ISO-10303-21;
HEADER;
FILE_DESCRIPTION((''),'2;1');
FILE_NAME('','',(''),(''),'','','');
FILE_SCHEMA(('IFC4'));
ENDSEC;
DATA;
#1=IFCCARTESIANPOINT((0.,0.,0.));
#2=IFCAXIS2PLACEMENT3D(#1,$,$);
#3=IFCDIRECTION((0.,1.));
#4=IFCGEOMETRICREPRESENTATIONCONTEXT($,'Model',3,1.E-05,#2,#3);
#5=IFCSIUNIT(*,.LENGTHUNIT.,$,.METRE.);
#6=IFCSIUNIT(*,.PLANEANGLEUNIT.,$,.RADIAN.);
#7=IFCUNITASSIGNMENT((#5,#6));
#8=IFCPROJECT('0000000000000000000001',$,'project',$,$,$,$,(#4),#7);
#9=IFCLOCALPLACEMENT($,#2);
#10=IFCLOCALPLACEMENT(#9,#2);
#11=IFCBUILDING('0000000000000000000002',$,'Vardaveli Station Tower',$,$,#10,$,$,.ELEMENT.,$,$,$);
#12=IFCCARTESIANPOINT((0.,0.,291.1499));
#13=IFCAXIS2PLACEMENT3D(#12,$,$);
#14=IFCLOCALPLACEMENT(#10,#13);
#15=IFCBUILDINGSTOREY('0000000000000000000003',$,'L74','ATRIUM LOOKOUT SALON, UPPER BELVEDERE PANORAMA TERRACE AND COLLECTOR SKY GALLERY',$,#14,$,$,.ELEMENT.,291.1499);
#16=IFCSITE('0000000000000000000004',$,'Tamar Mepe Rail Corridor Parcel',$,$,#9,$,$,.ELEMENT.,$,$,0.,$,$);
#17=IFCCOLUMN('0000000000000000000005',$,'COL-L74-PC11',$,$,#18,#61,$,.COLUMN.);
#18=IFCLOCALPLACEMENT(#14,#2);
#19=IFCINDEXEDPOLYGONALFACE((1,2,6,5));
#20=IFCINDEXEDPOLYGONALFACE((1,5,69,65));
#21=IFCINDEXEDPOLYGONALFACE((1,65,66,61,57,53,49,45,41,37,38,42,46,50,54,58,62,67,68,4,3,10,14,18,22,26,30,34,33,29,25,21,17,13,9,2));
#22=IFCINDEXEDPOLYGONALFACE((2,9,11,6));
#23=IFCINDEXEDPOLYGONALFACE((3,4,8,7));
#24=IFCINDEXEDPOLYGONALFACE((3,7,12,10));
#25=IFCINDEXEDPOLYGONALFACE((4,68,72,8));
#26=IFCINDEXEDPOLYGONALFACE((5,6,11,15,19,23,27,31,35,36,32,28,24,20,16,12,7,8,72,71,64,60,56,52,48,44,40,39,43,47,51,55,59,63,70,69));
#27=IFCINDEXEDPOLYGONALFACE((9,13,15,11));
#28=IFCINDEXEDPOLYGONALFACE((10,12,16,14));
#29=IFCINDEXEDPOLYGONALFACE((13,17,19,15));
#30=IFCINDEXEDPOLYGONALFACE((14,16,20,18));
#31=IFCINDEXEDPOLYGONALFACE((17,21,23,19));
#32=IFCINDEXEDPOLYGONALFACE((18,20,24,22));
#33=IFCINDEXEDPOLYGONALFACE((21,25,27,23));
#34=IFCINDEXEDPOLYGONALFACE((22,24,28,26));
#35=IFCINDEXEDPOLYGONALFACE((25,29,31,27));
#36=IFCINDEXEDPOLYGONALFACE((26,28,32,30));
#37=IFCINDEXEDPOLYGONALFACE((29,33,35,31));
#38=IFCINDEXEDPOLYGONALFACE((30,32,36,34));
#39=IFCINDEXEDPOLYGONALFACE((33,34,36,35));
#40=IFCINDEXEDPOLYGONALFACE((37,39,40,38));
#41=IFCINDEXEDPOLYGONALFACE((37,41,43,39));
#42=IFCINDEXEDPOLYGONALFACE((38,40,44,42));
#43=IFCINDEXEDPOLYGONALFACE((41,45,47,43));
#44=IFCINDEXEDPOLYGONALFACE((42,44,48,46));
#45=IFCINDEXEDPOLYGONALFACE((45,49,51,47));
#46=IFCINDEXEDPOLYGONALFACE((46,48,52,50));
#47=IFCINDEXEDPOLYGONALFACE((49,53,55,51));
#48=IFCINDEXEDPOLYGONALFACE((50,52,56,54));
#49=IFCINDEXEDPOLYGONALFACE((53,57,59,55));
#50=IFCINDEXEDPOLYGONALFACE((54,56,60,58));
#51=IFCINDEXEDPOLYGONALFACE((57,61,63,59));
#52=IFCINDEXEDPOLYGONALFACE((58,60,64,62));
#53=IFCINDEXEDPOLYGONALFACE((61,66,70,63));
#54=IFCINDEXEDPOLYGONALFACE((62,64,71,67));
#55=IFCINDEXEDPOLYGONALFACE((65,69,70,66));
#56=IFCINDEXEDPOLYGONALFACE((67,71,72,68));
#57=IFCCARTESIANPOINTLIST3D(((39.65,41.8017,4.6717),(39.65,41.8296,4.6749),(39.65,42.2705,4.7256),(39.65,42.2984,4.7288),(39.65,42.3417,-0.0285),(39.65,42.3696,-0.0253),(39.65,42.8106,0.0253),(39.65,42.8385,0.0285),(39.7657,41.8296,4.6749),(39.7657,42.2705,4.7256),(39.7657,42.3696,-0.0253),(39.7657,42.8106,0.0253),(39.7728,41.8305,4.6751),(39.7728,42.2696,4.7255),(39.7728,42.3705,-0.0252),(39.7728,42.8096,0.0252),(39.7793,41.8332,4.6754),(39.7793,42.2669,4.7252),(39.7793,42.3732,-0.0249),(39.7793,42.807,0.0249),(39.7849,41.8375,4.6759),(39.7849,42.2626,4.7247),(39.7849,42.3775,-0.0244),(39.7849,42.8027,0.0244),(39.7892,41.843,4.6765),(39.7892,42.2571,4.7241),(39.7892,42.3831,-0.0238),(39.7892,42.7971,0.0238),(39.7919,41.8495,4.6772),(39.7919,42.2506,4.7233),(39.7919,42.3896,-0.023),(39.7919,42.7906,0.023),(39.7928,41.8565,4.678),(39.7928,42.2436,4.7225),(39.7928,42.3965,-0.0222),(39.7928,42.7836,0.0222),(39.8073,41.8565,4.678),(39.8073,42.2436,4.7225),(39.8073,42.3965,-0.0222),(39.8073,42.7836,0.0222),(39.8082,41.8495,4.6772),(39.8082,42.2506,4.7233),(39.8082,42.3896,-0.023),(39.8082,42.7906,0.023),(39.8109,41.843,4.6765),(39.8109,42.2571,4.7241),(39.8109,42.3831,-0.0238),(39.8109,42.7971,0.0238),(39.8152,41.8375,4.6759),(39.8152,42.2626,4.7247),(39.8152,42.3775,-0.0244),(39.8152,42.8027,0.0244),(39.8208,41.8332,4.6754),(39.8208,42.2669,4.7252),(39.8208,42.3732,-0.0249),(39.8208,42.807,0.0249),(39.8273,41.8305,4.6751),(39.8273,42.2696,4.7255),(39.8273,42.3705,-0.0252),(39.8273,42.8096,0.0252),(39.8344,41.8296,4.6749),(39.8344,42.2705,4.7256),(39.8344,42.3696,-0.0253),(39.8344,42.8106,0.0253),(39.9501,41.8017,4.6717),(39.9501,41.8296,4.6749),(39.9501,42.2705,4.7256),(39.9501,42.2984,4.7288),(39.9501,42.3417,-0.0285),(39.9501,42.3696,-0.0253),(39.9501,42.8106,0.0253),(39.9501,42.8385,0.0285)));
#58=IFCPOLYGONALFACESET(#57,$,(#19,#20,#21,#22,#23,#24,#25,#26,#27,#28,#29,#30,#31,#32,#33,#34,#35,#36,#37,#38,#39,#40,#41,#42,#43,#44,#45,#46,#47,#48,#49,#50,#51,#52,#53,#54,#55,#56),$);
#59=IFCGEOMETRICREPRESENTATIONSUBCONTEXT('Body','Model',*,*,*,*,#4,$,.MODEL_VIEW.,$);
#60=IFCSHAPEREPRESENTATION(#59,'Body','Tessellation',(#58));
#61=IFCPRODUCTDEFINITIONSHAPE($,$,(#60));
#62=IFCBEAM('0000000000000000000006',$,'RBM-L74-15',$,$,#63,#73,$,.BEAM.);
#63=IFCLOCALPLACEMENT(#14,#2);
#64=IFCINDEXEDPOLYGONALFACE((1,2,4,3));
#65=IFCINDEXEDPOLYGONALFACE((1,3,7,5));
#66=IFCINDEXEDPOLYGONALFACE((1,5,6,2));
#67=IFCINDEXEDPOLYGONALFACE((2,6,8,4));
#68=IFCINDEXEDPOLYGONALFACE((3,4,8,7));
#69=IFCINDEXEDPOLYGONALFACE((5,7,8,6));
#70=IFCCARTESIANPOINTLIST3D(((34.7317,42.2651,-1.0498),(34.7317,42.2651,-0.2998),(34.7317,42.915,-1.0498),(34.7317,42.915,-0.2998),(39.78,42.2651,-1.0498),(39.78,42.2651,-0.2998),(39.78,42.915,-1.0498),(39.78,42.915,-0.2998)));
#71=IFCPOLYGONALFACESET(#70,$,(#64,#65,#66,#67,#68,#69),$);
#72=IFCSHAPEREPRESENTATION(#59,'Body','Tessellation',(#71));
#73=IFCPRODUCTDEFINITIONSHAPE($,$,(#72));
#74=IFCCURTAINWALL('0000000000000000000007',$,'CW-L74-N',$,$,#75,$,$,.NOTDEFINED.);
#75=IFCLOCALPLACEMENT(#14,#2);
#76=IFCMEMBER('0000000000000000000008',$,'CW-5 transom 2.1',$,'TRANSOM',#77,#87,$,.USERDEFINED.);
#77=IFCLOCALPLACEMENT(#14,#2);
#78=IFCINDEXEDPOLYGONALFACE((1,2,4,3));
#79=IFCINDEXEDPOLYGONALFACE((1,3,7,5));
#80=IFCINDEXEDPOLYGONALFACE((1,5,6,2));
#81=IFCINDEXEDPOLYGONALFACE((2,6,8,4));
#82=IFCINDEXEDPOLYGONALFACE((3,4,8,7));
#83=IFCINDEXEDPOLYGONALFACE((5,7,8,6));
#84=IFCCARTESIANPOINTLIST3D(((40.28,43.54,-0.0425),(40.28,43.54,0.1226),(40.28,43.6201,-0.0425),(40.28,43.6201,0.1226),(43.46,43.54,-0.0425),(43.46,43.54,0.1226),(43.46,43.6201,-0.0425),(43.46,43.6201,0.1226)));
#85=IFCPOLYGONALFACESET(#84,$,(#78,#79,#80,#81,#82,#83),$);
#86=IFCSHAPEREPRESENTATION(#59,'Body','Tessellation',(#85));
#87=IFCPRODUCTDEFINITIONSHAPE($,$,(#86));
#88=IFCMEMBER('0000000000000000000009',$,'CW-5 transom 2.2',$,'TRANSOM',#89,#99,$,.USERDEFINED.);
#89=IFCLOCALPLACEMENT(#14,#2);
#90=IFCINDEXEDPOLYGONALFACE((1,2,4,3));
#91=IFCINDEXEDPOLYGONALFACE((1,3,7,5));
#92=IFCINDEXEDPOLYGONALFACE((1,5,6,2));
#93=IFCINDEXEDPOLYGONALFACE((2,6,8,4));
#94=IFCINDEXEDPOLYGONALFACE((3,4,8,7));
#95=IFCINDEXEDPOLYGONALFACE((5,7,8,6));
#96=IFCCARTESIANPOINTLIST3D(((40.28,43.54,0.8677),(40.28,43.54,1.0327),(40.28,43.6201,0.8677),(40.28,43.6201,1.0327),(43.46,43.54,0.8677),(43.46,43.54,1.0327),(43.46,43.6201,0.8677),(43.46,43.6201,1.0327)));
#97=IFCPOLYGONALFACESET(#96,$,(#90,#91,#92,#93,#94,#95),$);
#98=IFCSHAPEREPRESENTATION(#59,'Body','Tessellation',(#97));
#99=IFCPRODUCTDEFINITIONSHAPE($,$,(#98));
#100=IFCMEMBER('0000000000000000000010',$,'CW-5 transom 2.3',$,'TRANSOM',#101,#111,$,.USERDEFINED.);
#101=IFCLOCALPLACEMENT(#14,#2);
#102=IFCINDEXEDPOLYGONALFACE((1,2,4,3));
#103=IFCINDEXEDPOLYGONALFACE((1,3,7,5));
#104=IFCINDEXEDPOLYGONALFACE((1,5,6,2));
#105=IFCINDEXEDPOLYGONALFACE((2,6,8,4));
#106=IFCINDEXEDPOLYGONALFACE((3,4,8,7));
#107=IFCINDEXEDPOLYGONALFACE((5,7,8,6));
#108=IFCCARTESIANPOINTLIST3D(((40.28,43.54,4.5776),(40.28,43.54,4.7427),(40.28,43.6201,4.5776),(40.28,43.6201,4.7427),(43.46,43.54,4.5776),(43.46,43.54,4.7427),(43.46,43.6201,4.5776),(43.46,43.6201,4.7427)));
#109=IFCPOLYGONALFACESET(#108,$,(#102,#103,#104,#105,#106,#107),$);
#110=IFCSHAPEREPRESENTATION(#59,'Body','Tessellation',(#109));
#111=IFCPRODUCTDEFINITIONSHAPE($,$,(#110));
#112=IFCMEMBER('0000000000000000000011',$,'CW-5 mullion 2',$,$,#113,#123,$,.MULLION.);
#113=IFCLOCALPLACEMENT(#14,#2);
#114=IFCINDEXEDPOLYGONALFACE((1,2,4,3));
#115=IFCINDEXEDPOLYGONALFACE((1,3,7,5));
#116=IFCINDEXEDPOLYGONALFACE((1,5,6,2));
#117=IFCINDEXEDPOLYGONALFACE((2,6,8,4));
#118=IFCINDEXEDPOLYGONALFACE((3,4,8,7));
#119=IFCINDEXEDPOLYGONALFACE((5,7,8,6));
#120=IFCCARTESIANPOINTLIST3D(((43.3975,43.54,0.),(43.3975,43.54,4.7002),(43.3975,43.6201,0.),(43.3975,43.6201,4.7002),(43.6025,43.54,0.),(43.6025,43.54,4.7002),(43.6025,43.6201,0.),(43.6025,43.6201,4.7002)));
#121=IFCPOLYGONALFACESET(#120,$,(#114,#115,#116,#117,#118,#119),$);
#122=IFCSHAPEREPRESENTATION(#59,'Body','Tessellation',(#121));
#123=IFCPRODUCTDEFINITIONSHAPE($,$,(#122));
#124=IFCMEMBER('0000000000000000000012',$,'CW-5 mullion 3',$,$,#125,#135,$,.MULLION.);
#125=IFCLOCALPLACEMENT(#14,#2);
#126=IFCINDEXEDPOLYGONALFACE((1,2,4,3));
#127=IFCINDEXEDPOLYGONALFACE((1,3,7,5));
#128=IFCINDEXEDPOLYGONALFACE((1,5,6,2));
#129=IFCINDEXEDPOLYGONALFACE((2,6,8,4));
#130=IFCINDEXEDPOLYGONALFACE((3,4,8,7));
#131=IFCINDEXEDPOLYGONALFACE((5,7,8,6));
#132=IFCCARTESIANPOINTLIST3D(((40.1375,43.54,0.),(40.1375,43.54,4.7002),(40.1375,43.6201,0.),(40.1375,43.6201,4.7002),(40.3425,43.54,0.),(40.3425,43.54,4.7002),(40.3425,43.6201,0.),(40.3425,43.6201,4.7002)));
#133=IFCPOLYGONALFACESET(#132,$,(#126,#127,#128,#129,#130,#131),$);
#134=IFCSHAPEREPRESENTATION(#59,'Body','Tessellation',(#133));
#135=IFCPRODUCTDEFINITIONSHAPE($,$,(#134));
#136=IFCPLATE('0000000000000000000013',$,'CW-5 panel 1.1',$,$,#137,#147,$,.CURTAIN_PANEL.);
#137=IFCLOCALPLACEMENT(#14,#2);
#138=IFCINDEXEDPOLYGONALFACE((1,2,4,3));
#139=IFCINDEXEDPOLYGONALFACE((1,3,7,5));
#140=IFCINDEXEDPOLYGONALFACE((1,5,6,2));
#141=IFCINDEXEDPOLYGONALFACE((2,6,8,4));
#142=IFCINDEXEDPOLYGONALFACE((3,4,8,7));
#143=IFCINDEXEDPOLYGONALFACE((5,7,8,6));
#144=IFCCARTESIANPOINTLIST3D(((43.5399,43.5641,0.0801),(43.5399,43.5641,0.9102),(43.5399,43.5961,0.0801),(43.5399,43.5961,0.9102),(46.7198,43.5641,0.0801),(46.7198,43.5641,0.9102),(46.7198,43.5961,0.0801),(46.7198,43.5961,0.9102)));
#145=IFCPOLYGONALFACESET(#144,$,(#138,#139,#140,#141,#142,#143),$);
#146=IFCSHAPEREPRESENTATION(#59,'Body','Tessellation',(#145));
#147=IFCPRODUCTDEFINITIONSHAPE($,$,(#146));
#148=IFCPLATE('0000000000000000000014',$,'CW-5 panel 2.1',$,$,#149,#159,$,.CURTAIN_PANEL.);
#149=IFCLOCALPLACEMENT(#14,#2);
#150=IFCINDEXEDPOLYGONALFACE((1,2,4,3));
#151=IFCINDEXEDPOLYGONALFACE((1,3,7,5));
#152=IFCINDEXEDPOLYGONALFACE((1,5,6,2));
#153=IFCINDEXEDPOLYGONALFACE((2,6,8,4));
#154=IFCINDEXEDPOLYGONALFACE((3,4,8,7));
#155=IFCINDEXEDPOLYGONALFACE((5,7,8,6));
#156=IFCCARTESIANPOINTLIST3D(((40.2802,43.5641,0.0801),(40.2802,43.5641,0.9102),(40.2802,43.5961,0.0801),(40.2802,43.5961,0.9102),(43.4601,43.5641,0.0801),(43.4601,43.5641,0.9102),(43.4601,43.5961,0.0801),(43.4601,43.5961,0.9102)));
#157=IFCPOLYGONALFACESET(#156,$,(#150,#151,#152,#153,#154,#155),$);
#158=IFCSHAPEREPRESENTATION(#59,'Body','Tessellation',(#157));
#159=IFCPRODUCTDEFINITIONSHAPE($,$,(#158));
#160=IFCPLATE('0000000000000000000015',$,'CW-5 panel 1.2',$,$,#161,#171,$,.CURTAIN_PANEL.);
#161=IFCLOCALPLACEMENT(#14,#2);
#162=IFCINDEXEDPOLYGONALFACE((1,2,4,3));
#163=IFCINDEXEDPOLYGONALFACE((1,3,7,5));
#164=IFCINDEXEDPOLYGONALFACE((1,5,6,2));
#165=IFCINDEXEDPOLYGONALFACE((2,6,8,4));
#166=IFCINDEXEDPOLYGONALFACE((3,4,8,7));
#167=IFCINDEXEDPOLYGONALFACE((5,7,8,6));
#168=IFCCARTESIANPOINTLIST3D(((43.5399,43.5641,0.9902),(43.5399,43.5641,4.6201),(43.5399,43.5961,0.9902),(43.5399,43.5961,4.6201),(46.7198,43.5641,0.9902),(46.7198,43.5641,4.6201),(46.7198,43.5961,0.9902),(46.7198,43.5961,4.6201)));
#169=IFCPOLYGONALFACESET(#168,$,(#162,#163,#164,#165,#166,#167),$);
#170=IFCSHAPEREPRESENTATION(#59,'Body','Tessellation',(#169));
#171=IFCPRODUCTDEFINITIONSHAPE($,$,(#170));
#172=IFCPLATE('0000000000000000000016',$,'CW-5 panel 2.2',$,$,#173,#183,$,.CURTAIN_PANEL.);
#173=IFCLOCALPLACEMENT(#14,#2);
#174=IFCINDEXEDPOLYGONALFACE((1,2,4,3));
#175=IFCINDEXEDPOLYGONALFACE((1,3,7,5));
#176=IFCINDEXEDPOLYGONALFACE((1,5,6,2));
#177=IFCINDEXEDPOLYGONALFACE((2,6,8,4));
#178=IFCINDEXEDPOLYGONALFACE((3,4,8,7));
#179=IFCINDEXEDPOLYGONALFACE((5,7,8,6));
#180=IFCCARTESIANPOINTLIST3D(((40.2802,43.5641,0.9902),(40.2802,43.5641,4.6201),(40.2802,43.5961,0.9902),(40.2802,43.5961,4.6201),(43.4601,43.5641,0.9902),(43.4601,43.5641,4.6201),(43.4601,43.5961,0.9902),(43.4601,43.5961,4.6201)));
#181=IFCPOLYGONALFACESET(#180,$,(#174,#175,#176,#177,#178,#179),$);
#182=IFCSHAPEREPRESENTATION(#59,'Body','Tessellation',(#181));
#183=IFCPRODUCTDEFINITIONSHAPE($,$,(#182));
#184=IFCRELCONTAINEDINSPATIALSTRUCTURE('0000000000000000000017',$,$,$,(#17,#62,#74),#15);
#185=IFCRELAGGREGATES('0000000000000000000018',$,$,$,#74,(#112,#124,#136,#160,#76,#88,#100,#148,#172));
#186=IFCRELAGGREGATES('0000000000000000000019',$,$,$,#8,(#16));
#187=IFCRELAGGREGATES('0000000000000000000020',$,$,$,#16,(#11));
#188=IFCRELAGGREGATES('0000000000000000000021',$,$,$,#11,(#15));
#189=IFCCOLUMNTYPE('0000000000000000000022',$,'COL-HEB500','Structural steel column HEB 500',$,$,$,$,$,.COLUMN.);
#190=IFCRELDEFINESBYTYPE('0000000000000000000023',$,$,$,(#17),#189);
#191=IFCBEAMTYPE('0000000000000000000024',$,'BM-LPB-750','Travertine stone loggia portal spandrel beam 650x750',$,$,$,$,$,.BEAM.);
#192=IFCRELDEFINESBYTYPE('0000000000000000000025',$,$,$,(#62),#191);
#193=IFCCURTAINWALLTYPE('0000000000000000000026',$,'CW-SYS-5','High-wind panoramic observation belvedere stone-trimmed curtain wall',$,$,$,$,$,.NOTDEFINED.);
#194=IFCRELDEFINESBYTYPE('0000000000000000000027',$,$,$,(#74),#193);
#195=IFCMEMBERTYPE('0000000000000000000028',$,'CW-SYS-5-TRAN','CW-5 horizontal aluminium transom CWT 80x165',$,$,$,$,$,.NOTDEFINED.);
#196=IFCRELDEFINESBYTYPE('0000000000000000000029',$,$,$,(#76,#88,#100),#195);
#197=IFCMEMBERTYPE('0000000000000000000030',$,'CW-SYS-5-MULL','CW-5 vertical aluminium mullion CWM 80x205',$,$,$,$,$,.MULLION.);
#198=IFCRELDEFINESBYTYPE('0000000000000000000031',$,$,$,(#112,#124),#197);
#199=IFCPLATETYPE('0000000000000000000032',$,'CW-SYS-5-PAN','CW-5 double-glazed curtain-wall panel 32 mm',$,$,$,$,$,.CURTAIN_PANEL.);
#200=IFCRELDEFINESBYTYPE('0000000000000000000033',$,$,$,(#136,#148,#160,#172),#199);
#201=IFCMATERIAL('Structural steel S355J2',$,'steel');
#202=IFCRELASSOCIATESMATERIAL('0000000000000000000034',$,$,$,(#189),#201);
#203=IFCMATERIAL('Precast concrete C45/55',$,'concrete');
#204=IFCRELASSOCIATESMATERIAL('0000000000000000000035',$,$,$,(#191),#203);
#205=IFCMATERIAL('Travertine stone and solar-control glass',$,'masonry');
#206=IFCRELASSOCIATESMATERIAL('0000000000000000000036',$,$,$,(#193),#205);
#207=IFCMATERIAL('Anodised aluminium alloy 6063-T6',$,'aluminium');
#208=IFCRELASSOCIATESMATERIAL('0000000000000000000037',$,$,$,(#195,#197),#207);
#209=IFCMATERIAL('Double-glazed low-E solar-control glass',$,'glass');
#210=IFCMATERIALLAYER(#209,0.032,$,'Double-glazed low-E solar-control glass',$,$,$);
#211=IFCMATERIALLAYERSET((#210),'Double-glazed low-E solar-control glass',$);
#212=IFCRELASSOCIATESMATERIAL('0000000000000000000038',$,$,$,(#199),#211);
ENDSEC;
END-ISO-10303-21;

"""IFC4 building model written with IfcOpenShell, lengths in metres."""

from ifc_helpers import new_model, si_unit, direction, frame, origin, origin_2d, place, context, subcontext, project, spatial, rectangle, i_section, extrude, source, transform, mapped, material, layer, layer_set, material_profile, profile_set, type_object, element, aggregate, save


model = new_model("IFC4")

# Units and contexts
model_context = context("Model", 3, precision=1e-05, world=origin(), true_north=direction((0.0, 1.0)))
body_context = subcontext(model_context, "Body", "Model", "MODEL_VIEW")
ifc_project = project(units=[si_unit("LENGTHUNIT", "METRE"), si_unit("PLANEANGLEUNIT", "RADIAN")], contexts=[model_context])

# Site, building, storey
site_placement = place(None, origin())
site = spatial("IfcSite", under=ifc_project, at=site_placement, Name="Tamar Mepe Rail Corridor Parcel", CompositionType="ELEMENT", RefElevation=0.0)
building_placement = place(site_placement, origin())
building = spatial("IfcBuilding", under=site, at=building_placement, Name="Vardaveli Station Tower", CompositionType="ELEMENT")
storey_placement = place(building_placement, frame((0.0, 0.0, 291.1499)))
storey = spatial("IfcBuildingStorey", under=building, at=storey_placement, Name="L74", Description="ATRIUM LOOKOUT SALON, UPPER BELVEDERE PANORAMA TERRACE AND COLLECTOR SKY GALLERY", CompositionType="ELEMENT", Elevation=291.1499)

# Column
ifc_material_1 = material(Name="Structural steel S355J2", Category="steel")
ifc_material_profile_1 = material_profile(ifc_material_1, i_section(OverallWidth=0.3, OverallDepth=0.5, WebThickness=0.0144, FlangeThickness=0.0281, FilletRadius=0.0271, at=origin_2d()), Name="HEB 500")
ifc_profile_set_1 = profile_set([ifc_material_profile_1], Name="Structural steel S355J2")
column_type = type_object("IfcColumnType", Name="COL-HEB500", Description="Structural steel column HEB 500", PredefinedType="COLUMN", material=ifc_profile_set_1)
shared_shape_1 = source(origin(), body_context, "Body", "SweptSolid", [
    extrude(i_section(OverallWidth=0.3, OverallDepth=0.5, WebThickness=0.0144, FlangeThickness=0.0281, FilletRadius=0.0271, at=origin_2d()), origin(), (0.0, 0.0, 1.0), 4.7312),
])
column_placement = place(storey_placement, frame((39.8, 42.5901, 0.0), z_axis=(0.0, -0.114146, 0.993464), x_axis=(1.0, 0.0, 0.0)))
element("IfcColumn", 1, at=column_placement, inside=storey, type_object=column_type, Name="COL-L74-PC11", PredefinedType="COLUMN", context=body_context, shape_type="MappedRepresentation", body=[
    mapped(shared_shape_1, transform((0.0, 0.0, 0.0), scale=1.0)),
])

# Beam
ifc_material_2 = material(Name="Precast concrete C45/55", Category="concrete")
ifc_material_profile_2 = material_profile(ifc_material_2, rectangle(XDim=0.6499, YDim=0.75, at=origin_2d()), Name="LPB 650x750")
ifc_profile_set_2 = profile_set([ifc_material_profile_2], Name="Precast concrete C45/55")
beam_type = type_object("IfcBeamType", Name="BM-LPB-750", Description="Travertine stone loggia portal spandrel beam 650x750", PredefinedType="BEAM", material=ifc_profile_set_2)
shared_shape_2 = source(origin(), body_context, "Body", "SweptSolid", [
    extrude(rectangle(XDim=0.6499, YDim=0.75, at=origin_2d()), origin(), (0.0, 0.0, 1.0), 5.0483),
])
beam_placement = place(storey_placement, frame((39.78, 42.5901, -0.6748), z_axis=(-1.0, 0.0, 0.0), x_axis=(0.0, -1.0, 0.0)))
element("IfcBeam", 2, at=beam_placement, inside=storey, type_object=beam_type, Name="RBM-L74-15", PredefinedType="BEAM", context=body_context, shape_type="MappedRepresentation", body=[
    mapped(shared_shape_2, transform((0.0, 0.0, 0.0), scale=1.0)),
])

# Curtain wall, members, plates
ifc_material_3 = material(Name="Travertine stone and solar-control glass", Category="masonry")
curtain_wall_type = type_object("IfcCurtainWallType", Name="CW-SYS-5", Description="High-wind panoramic observation belvedere stone-trimmed curtain wall", PredefinedType="NOTDEFINED", material=ifc_material_3)
curtain_wall_placement = place(storey_placement, origin())
curtain_wall = element("IfcCurtainWall", 3, at=curtain_wall_placement, inside=storey, type_object=curtain_wall_type, Name="CW-L74-N", PredefinedType="NOTDEFINED")
ifc_material_4 = material(Name="Anodised aluminium alloy 6063-T6", Category="aluminium")
ifc_material_profile_3 = material_profile(ifc_material_4, rectangle(XDim=0.0801, YDim=0.165, at=origin_2d()), Name="CWT 80x165")
ifc_profile_set_3 = profile_set([ifc_material_profile_3], Name="Anodised aluminium alloy 6063-T6")
member_type_1 = type_object("IfcMemberType", Name="CW-SYS-5-TRAN", Description="CW-5 horizontal aluminium transom CWT 80x165", PredefinedType="NOTDEFINED", material=ifc_profile_set_3)
shared_shape_3 = source(origin(), body_context, "Body", "SweptSolid", [
    extrude(rectangle(XDim=0.0801, YDim=0.165, at=origin_2d()), origin(), (0.0, 0.0, 1.0), 3.1799),
])
member_1_placement = place(storey_placement, frame((43.46, 43.5801, 0.04), z_axis=(-1.0, 0.0, 0.0), x_axis=(0.0, -1.0, 0.0)))
member_1 = element("IfcMember", 4, at=member_1_placement, type_object=member_type_1, Name="CW-5 transom 2.1", ObjectType="TRANSOM", PredefinedType="USERDEFINED", context=body_context, shape_type="MappedRepresentation", body=[
    mapped(shared_shape_3, transform((0.0, 0.0, 0.0), scale=1.0)),
])
member_2_placement = place(storey_placement, frame((43.46, 43.5801, 0.9502), z_axis=(-1.0, 0.0, 0.0), x_axis=(0.0, -1.0, 0.0)))
member_2 = element("IfcMember", 5, at=member_2_placement, type_object=member_type_1, Name="CW-5 transom 2.2", ObjectType="TRANSOM", PredefinedType="USERDEFINED", context=body_context, shape_type="MappedRepresentation", body=[
    mapped(shared_shape_3, transform((0.0, 0.0, 0.0), scale=1.0)),
])
member_3_placement = place(storey_placement, frame((43.46, 43.5801, 4.6602), z_axis=(-1.0, 0.0, 0.0), x_axis=(0.0, -1.0, 0.0)))
member_3 = element("IfcMember", 6, at=member_3_placement, type_object=member_type_1, Name="CW-5 transom 2.3", ObjectType="TRANSOM", PredefinedType="USERDEFINED", context=body_context, shape_type="MappedRepresentation", body=[
    mapped(shared_shape_3, transform((0.0, 0.0, 0.0), scale=1.0)),
])
ifc_material_profile_4 = material_profile(ifc_material_4, rectangle(XDim=0.0801, YDim=0.2051, at=origin_2d()), Name="CWM 80x205")
ifc_profile_set_4 = profile_set([ifc_material_profile_4], Name="Anodised aluminium alloy 6063-T6")
member_type_2 = type_object("IfcMemberType", Name="CW-SYS-5-MULL", Description="CW-5 vertical aluminium mullion CWM 80x205", PredefinedType="MULLION", material=ifc_profile_set_4)
shared_shape_4 = source(origin(), body_context, "Body", "SweptSolid", [
    extrude(rectangle(XDim=0.0801, YDim=0.2051, at=origin_2d()), origin(), (0.0, 0.0, 1.0), 4.7002),
])
member_4_placement = place(storey_placement, frame((43.5, 43.5801, 0.0), z_axis=(0.0, 0.0, 1.0), x_axis=(0.0, -1.0, 0.0)))
member_4 = element("IfcMember", 7, at=member_4_placement, type_object=member_type_2, Name="CW-5 mullion 2", PredefinedType="MULLION", context=body_context, shape_type="MappedRepresentation", body=[
    mapped(shared_shape_4, transform((0.0, 0.0, 0.0), scale=1.0)),
])
member_5_placement = place(storey_placement, frame((40.24, 43.5801, 0.0), z_axis=(0.0, 0.0, 1.0), x_axis=(0.0, -1.0, 0.0)))
member_5 = element("IfcMember", 8, at=member_5_placement, type_object=member_type_2, Name="CW-5 mullion 3", PredefinedType="MULLION", context=body_context, shape_type="MappedRepresentation", body=[
    mapped(shared_shape_4, transform((0.0, 0.0, 0.0), scale=1.0)),
])
ifc_material_5 = material(Name="Double-glazed low-E solar-control glass", Category="glass")
ifc_layer_1 = layer(ifc_material_5, 0.032, Name="Double-glazed low-E solar-control glass")
ifc_layer_set_1 = layer_set([ifc_layer_1], Name="Double-glazed low-E solar-control glass")
plate_type = type_object("IfcPlateType", Name="CW-SYS-5-PAN", Description="CW-5 double-glazed curtain-wall panel 32 mm", PredefinedType="CURTAIN_PANEL", material=ifc_layer_set_1)
shared_shape_5 = source(origin(), body_context, "Body", "SweptSolid", [
    extrude(rectangle(XDim=3.1799, YDim=0.032, at=origin_2d()), origin(), (0.0, 0.0, 1.0), 0.8301),
])
plate_1_placement = place(storey_placement, frame((45.1299, 43.5801, 0.0801), z_axis=(0.0, 0.0, 1.0), x_axis=(-1.0, 0.0, 0.0)))
plate_1 = element("IfcPlate", 9, at=plate_1_placement, type_object=plate_type, Name="CW-5 panel 1.1", PredefinedType="CURTAIN_PANEL", context=body_context, shape_type="MappedRepresentation", body=[
    mapped(shared_shape_5, transform((0.0, 0.0, 0.0), scale=1.0)),
])
plate_2_placement = place(storey_placement, frame((41.8701, 43.5801, 0.0801), z_axis=(0.0, 0.0, 1.0), x_axis=(-1.0, 0.0, 0.0)))
plate_2 = element("IfcPlate", 10, at=plate_2_placement, type_object=plate_type, Name="CW-5 panel 2.1", PredefinedType="CURTAIN_PANEL", context=body_context, shape_type="MappedRepresentation", body=[
    mapped(shared_shape_5, transform((0.0, 0.0, 0.0), scale=1.0)),
])
shared_shape_6 = source(origin(), body_context, "Body", "SweptSolid", [
    extrude(rectangle(XDim=3.1799, YDim=0.032, at=origin_2d()), origin(), (0.0, 0.0, 1.0), 3.6299),
])
plate_3_placement = place(storey_placement, frame((45.1299, 43.5801, 0.9902), z_axis=(0.0, 0.0, 1.0), x_axis=(-1.0, 0.0, 0.0)))
plate_3 = element("IfcPlate", 11, at=plate_3_placement, type_object=plate_type, Name="CW-5 panel 1.2", PredefinedType="CURTAIN_PANEL", context=body_context, shape_type="MappedRepresentation", body=[
    mapped(shared_shape_6, transform((0.0, 0.0, 0.0), scale=1.0)),
])
plate_4_placement = place(storey_placement, frame((41.8701, 43.5801, 0.9902), z_axis=(0.0, 0.0, 1.0), x_axis=(-1.0, 0.0, 0.0)))
plate_4 = element("IfcPlate", 12, at=plate_4_placement, type_object=plate_type, Name="CW-5 panel 2.2", PredefinedType="CURTAIN_PANEL", context=body_context, shape_type="MappedRepresentation", body=[
    mapped(shared_shape_6, transform((0.0, 0.0, 0.0), scale=1.0)),
])
aggregate(curtain_wall, [member_4, member_5, plate_1, plate_3, member_1, member_2, member_3, plate_2, plate_4])

save(model, "model.ifc")
